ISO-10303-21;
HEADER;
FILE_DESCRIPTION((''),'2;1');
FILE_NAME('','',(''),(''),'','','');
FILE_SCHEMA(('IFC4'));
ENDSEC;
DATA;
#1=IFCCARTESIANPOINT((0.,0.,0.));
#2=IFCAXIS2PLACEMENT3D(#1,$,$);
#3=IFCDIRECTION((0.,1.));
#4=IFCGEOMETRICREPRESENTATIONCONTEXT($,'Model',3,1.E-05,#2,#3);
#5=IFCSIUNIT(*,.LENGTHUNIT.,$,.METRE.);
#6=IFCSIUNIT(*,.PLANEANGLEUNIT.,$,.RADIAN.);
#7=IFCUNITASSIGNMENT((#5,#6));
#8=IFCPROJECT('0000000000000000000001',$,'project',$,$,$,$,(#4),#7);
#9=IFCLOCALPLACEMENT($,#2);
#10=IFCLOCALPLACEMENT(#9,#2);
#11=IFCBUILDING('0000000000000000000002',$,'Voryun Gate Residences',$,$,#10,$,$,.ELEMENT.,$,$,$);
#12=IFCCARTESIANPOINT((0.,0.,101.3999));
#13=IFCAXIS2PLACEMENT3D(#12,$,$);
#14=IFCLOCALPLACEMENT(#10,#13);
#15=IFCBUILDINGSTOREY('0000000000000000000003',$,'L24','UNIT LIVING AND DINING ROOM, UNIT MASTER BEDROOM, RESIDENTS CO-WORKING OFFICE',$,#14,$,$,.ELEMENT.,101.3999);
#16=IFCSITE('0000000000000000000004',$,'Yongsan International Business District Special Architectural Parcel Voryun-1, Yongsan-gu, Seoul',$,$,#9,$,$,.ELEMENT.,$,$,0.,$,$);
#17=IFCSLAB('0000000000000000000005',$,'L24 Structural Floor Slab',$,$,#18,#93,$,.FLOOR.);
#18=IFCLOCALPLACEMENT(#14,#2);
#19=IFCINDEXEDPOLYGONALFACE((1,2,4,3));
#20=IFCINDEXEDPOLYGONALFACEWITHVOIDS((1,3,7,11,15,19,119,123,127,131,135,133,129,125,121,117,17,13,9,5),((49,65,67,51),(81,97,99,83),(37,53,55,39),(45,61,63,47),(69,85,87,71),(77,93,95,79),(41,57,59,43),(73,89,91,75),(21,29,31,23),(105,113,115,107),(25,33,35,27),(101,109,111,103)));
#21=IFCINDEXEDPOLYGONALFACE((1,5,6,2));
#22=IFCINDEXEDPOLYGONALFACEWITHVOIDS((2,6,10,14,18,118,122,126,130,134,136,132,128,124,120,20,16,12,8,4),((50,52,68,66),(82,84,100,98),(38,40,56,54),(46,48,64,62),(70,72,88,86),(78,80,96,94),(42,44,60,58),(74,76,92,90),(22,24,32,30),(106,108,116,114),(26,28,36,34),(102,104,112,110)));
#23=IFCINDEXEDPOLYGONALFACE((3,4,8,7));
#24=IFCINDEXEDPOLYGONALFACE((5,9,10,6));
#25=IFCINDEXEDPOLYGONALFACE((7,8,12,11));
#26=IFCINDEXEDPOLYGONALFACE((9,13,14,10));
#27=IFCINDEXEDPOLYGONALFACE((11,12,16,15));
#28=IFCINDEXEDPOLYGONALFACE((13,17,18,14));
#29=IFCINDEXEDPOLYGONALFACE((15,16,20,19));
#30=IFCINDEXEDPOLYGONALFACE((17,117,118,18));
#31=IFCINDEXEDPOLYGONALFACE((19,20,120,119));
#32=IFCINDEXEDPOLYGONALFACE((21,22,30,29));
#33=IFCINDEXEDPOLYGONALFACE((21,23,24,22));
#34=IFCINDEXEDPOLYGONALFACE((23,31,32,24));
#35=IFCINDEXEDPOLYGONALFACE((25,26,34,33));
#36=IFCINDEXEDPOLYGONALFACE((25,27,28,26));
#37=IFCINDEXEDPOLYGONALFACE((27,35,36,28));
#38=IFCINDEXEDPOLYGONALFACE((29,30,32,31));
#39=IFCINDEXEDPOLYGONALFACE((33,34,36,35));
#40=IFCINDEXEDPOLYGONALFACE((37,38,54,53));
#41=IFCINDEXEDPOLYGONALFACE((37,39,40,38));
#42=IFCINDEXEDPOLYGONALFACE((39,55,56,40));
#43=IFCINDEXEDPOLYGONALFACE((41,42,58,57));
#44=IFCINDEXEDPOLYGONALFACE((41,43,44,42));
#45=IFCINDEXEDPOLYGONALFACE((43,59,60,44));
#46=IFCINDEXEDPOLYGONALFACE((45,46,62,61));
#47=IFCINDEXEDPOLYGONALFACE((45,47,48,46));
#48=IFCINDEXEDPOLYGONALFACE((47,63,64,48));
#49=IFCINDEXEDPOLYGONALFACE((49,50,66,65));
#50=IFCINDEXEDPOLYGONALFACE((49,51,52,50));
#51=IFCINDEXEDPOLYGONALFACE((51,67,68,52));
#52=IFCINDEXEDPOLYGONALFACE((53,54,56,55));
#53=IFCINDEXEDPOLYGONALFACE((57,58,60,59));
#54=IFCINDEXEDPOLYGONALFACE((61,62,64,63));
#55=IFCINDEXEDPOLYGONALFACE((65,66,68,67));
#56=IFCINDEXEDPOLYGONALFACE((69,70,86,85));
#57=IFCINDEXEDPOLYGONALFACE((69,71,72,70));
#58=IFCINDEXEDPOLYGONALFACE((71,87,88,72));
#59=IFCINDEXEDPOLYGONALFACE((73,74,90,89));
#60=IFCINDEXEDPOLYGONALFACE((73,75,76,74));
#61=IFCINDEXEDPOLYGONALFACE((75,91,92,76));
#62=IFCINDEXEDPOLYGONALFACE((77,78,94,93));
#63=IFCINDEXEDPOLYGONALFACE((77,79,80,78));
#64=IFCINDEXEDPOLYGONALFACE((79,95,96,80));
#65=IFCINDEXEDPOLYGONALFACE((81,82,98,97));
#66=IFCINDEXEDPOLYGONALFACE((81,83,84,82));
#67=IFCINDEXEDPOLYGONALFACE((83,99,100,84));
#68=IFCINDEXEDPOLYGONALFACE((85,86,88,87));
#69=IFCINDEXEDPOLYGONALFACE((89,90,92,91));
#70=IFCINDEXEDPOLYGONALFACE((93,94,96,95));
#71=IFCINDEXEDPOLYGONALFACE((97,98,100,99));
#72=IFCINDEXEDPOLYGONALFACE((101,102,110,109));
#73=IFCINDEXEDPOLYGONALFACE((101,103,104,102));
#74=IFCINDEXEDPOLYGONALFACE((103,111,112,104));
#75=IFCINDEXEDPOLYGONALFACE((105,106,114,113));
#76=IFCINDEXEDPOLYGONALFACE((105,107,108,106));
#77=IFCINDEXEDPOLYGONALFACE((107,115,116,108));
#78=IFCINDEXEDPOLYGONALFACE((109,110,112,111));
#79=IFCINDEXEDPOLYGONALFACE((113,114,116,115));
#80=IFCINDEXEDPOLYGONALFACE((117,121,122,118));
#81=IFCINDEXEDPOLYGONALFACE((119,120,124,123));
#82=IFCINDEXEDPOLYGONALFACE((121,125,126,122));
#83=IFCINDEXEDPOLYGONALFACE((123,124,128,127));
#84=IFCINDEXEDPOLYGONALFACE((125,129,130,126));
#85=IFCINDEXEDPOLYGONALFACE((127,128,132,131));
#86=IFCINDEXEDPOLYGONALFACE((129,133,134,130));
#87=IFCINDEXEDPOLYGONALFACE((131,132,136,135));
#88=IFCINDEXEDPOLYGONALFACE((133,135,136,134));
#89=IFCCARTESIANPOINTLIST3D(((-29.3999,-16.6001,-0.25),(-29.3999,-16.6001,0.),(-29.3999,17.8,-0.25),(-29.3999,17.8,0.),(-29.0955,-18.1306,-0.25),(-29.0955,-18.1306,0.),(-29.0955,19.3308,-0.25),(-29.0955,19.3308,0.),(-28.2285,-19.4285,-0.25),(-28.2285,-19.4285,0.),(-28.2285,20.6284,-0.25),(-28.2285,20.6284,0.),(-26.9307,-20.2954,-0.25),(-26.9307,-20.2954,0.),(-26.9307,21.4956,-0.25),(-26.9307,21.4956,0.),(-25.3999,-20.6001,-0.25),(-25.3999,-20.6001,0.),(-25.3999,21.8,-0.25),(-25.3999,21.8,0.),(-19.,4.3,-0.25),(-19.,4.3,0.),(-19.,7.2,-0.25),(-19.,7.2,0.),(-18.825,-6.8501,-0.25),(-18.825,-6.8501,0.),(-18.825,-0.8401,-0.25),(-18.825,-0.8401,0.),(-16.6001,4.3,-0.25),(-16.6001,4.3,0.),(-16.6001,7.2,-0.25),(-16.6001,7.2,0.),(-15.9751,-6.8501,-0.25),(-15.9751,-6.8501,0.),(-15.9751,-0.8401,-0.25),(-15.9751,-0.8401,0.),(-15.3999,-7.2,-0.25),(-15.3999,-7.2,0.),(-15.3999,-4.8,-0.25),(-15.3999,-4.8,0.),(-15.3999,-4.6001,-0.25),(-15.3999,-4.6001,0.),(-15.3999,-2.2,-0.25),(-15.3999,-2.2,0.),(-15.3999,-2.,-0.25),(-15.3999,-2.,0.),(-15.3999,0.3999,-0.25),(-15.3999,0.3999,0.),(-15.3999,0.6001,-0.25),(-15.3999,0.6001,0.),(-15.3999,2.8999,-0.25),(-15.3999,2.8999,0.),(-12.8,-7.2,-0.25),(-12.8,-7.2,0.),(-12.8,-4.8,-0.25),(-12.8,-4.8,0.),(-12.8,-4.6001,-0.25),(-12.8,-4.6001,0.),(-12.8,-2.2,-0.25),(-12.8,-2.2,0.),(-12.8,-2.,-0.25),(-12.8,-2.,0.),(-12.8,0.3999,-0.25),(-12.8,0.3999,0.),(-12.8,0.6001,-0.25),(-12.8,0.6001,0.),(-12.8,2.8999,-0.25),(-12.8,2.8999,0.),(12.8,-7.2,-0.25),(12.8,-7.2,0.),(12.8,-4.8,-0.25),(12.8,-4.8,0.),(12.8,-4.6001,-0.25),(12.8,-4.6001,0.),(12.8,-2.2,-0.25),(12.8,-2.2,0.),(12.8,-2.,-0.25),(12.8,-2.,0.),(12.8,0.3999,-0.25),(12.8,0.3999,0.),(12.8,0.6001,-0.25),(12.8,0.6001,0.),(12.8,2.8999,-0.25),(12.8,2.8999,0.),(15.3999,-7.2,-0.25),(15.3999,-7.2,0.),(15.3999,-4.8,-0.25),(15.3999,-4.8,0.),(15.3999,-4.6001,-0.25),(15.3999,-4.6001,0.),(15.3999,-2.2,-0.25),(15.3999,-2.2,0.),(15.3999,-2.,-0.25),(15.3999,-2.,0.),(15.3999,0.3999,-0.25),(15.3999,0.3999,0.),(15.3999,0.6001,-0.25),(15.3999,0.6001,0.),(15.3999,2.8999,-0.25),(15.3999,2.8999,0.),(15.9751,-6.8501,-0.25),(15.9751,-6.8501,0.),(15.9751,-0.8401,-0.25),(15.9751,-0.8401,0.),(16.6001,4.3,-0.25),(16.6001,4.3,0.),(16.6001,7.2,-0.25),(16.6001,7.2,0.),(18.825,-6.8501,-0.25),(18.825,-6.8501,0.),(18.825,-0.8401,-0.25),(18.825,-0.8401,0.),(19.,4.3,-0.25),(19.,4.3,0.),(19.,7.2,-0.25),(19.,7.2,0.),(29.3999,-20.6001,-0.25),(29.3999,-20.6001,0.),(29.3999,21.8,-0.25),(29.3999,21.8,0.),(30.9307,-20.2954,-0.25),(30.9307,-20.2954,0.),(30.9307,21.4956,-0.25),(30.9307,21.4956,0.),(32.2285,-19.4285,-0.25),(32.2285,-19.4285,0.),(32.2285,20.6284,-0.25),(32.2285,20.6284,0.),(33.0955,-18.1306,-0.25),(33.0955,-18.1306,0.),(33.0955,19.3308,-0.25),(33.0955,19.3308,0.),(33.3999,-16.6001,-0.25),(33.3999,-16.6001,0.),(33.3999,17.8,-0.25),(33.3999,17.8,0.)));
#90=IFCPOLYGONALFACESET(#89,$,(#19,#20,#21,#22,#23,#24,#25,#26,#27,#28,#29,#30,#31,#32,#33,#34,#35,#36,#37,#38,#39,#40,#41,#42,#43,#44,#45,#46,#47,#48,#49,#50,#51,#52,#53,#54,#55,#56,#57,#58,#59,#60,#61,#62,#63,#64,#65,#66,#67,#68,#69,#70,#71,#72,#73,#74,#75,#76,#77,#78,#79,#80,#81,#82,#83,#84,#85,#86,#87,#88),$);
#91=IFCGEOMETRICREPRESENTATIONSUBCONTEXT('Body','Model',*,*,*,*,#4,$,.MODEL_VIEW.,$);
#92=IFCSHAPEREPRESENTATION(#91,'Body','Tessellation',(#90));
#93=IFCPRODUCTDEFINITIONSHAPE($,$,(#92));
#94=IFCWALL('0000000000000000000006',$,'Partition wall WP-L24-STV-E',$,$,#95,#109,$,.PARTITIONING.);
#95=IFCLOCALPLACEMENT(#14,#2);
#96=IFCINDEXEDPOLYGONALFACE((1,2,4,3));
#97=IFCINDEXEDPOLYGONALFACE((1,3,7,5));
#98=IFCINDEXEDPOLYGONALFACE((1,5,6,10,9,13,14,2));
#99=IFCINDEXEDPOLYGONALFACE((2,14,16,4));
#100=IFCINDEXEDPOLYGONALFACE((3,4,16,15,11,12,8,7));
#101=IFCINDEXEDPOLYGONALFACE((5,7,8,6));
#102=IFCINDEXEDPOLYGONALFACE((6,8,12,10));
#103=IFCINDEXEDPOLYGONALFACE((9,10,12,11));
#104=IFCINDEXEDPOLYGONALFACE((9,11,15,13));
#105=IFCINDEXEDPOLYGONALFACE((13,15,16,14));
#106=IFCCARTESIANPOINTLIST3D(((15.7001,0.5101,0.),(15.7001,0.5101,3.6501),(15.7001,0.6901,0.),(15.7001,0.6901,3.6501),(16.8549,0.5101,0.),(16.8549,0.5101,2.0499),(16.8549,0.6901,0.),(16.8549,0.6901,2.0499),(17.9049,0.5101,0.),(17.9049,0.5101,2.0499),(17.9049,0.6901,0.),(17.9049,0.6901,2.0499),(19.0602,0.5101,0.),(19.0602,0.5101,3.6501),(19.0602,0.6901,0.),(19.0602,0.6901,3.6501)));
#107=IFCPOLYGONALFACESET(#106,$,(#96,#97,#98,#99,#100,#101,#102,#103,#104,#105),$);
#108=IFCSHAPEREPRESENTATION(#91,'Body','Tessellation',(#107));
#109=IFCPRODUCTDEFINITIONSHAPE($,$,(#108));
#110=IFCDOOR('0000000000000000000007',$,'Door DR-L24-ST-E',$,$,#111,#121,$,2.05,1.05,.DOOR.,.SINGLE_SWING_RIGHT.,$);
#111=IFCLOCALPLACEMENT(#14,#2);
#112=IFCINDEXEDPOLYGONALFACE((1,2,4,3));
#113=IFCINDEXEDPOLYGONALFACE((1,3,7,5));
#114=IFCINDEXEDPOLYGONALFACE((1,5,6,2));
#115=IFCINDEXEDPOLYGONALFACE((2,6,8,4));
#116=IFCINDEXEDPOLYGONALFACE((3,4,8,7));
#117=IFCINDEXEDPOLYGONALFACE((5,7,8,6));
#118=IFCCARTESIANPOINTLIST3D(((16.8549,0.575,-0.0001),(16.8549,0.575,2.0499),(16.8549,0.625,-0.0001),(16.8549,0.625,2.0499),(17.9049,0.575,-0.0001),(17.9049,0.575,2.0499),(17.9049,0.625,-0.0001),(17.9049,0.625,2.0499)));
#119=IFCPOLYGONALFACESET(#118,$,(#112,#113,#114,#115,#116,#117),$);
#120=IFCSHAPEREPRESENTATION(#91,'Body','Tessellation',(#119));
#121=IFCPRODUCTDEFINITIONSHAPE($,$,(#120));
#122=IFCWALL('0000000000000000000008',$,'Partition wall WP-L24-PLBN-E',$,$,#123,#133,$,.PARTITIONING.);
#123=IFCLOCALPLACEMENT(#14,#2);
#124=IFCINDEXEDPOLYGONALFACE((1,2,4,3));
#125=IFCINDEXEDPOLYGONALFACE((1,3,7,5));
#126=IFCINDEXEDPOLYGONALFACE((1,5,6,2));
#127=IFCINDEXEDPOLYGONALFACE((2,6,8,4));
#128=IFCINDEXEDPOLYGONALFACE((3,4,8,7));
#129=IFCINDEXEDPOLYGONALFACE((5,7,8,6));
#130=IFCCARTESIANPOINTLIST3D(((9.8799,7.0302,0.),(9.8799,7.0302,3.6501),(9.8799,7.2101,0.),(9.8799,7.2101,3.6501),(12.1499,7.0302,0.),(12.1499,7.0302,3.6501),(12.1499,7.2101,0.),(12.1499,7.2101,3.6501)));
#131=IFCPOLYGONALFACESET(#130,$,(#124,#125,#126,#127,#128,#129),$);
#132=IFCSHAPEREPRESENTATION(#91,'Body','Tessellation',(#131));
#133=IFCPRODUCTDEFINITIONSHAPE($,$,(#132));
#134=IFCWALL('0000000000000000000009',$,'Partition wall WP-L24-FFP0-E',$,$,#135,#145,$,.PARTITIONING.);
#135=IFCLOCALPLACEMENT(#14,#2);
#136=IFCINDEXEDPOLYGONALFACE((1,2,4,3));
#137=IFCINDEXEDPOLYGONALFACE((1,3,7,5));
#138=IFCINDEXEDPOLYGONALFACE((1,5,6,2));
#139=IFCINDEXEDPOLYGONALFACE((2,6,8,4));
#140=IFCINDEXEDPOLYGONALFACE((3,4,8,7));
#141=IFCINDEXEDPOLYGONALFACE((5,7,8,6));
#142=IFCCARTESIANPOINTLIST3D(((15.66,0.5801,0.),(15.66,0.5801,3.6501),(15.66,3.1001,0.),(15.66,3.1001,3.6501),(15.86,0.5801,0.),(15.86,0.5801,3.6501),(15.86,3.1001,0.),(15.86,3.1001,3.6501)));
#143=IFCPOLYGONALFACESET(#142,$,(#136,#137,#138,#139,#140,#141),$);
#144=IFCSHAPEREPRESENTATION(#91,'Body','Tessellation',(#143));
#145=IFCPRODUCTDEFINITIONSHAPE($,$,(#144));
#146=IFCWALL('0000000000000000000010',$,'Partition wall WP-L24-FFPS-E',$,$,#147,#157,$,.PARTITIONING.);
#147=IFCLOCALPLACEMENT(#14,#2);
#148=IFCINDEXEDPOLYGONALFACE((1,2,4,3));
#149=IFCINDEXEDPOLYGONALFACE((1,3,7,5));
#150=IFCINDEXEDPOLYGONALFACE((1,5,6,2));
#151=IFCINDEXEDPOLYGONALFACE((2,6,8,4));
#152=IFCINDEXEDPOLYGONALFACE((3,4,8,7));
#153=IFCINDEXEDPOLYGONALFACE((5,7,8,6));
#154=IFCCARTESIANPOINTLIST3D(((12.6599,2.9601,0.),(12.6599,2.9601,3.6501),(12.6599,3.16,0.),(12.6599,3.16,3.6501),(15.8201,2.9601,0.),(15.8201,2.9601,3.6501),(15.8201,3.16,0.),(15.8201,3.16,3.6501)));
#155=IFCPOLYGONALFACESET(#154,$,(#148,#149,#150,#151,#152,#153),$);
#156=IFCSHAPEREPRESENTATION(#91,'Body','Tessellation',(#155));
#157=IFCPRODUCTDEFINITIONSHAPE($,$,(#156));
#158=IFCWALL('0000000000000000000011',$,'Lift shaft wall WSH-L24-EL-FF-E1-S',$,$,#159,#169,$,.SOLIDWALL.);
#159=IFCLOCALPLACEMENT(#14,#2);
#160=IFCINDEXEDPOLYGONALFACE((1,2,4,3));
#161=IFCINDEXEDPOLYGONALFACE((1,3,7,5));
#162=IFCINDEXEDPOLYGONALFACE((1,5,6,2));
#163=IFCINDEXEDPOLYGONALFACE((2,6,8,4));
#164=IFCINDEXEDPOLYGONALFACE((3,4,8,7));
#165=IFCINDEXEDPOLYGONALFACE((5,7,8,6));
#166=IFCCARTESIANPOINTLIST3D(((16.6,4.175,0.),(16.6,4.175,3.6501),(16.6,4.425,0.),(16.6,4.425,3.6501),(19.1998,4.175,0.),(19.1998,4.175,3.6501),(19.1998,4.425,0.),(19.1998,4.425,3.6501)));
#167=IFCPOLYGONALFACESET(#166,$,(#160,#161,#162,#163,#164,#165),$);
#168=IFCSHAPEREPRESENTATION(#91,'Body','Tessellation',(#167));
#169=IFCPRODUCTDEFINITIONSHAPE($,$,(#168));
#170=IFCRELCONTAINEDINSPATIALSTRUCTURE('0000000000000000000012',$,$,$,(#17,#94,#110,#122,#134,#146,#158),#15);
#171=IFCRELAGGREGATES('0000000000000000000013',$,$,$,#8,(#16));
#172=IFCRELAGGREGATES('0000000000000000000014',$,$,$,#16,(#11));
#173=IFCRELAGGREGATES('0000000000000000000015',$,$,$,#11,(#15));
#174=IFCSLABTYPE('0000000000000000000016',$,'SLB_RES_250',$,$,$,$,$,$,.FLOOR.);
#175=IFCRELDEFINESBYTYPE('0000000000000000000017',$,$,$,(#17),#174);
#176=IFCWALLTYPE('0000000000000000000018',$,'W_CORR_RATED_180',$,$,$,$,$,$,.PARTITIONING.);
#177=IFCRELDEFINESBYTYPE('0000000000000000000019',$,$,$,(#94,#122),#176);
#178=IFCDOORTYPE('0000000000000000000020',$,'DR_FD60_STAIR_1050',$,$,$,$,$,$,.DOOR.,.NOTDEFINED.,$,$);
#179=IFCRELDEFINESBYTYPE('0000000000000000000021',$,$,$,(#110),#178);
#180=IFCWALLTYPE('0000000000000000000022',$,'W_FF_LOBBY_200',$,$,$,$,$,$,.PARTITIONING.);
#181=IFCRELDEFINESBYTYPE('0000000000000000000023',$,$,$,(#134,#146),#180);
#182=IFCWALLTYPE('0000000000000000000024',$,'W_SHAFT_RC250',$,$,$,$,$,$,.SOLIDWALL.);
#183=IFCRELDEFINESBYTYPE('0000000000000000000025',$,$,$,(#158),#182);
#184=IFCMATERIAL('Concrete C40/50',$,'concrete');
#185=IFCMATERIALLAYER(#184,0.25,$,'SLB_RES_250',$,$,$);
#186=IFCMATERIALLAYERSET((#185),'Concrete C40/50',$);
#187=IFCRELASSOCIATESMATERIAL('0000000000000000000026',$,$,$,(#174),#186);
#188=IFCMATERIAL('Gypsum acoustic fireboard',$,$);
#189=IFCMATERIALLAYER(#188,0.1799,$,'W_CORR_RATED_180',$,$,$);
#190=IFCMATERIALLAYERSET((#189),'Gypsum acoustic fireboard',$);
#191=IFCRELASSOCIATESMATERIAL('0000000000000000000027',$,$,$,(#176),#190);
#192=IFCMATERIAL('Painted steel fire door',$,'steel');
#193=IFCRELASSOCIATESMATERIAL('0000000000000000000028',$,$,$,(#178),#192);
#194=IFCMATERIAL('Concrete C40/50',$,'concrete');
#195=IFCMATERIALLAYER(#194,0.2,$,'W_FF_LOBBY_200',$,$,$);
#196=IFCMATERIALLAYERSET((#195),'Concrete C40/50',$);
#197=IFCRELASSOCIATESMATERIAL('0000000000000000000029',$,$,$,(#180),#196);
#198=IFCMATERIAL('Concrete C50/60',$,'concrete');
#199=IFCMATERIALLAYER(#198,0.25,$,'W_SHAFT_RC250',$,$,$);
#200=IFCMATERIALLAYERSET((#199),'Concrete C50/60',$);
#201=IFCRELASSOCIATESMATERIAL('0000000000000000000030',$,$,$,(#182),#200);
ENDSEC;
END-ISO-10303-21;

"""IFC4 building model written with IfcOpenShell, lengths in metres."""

from ifc_helpers import new_model, si_unit, direction, frame, frame_2d, origin, place, context, subcontext, project, spatial, polyline, rectangle, outline, extrude, material, layer, layer_set, type_object, element, fill, save


model = new_model("IFC4")

# Units and contexts
model_context = context("Model", 3, precision=1e-05, world=origin(), true_north=direction((0.0, 1.0)))
body_context = subcontext(model_context, "Body", "Model", "MODEL_VIEW")
ifc_project = project(units=[si_unit("LENGTHUNIT", "METRE"), si_unit("PLANEANGLEUNIT", "RADIAN")], contexts=[model_context])

# Site, building, storey
site_placement = place(None, origin())
site = spatial("IfcSite", under=ifc_project, at=site_placement, Name="Yongsan International Business District Special Architectural Parcel Voryun-1, Yongsan-gu, Seoul", CompositionType="ELEMENT", RefElevation=0.0)
building_placement = place(site_placement, origin())
building = spatial("IfcBuilding", under=site, at=building_placement, Name="Voryun Gate Residences", CompositionType="ELEMENT")
storey_placement = place(building_placement, frame((0.0, 0.0, 101.3999)))
storey = spatial("IfcBuildingStorey", under=building, at=storey_placement, Name="L24", Description="UNIT LIVING AND DINING ROOM, UNIT MASTER BEDROOM, RESIDENTS CO-WORKING OFFICE", CompositionType="ELEMENT", Elevation=101.3999)

# Slab
ifc_material_1 = material(Name="Concrete C40/50", Category="concrete")
ifc_layer_1 = layer(ifc_material_1, 0.25, Name="SLB_RES_250")
ifc_layer_set_1 = layer_set([ifc_layer_1], Name="Concrete C40/50")
slab_type = type_object("IfcSlabType", Name="SLB_RES_250", PredefinedType="FLOOR", material=ifc_layer_set_1)
slab_placement = place(storey_placement, frame((0.0, 0.0, -0.25)))
element("IfcSlab", 1, at=slab_placement, inside=storey, type_object=slab_type, Name="L24 Structural Floor Slab", PredefinedType="FLOOR", context=body_context, shape_type="SweptSolid", body=[
    extrude(outline(polyline([(-25.3999, -20.6001), (-26.9307, -20.2954), (-28.2285, -19.4285), (-29.0955, -18.1306), (-29.3999, -16.6001), (-29.3999, 17.8), (-29.0955, 19.3308), (-28.2285, 20.6284), (-26.9307, 21.4956), (-25.3999, 21.8), (29.3999, 21.8), (30.9307, 21.4956), (32.2285, 20.6284), (33.0955, 19.3308), (33.3999, 17.8), (33.3999, -16.6001), (33.0955, -18.1306), (32.2285, -19.4285), (30.9307, -20.2954), (29.3999, -20.6001), (-25.3999, -20.6001)]), holes=[polyline([(-12.8, -4.8), (-15.3999, -4.8), (-15.3999, -7.2), (-12.8, -7.2), (-12.8, -4.8)]), polyline([(-18.825, -6.8501), (-15.9751, -6.8501), (-15.9751, -0.8401), (-18.825, -0.8401), (-18.825, -6.8501)]), polyline([(-12.8, -4.6001), (-12.8, -2.2), (-15.3999, -2.2), (-15.3999, -4.6001), (-12.8, -4.6001)]), polyline([(-12.8, 0.3999), (-15.3999, 0.3999), (-15.3999, -2.0), (-12.8, -2.0), (-12.8, 0.3999)]), polyline([(-12.8, 0.6001), (-12.8, 2.8999), (-15.3999, 2.8999), (-15.3999, 0.6001), (-12.8, 0.6001)]), polyline([(-16.6001, 4.3), (-16.6001, 7.2), (-19.0, 7.2), (-19.0, 4.3), (-16.6001, 4.3)]), polyline([(15.3999, -4.8), (12.8, -4.8), (12.8, -7.2), (15.3999, -7.2), (15.3999, -4.8)]), polyline([(15.9751, -6.8501), (18.825, -6.8501), (18.825, -0.8401), (15.9751, -0.8401), (15.9751, -6.8501)]), polyline([(15.3999, -4.6001), (15.3999, -2.2), (12.8, -2.2), (12.8, -4.6001), (15.3999, -4.6001)]), polyline([(15.3999, 0.3999), (12.8, 0.3999), (12.8, -2.0), (15.3999, -2.0), (15.3999, 0.3999)]), polyline([(15.3999, 0.6001), (15.3999, 2.8999), (12.8, 2.8999), (12.8, 0.6001), (15.3999, 0.6001)]), polyline([(19.0, 4.3), (19.0, 7.2), (16.6001, 7.2), (16.6001, 4.3), (19.0, 4.3)])]), origin(), (0.0, 0.0, 1.0), 0.25),
])

# Wall, opening, door
ifc_material_2 = material(Name="Gypsum acoustic fireboard")
ifc_layer_2 = layer(ifc_material_2, 0.1799, Name="W_CORR_RATED_180")
ifc_layer_set_2 = layer_set([ifc_layer_2], Name="Gypsum acoustic fireboard")
wall_type_1 = type_object("IfcWallType", Name="W_CORR_RATED_180", PredefinedType="PARTITIONING", material=ifc_layer_set_2)
wall_1_placement = place(storey_placement, frame((15.7, 0.6001, 0.0), z_axis=(0.0, 0.0, 1.0), x_axis=(1.0, 0.0, 0.0)))
wall_1 = element("IfcWall", 2, at=wall_1_placement, inside=storey, type_object=wall_type_1, Name="Partition wall WP-L24-STV-E", PredefinedType="PARTITIONING", context=body_context, shape_type="SweptSolid", body=[
    extrude(rectangle(XDim=3.3601, YDim=0.1799, at=frame_2d((1.6802, 0.0))), origin(), (0.0, 0.0, 1.0), 3.6501),
])
opening_placement = place(wall_1_placement, frame((1.155, 0.0, 0.0)))
opening = element("IfcOpeningElement", 3, at=opening_placement, cuts=wall_1, PredefinedType="OPENING", context=body_context, shape_type="SweptSolid", body=[
    extrude(rectangle(XDim=1.05, YDim=2.05, at=frame_2d((0.5249, 1.0249))), frame((0.0, 0.0999, 0.0), z_axis=(0.0, -1.0, 0.0), x_axis=(1.0, 0.0, 0.0)), (0.0, 0.0, 1.0), 0.2),
])
ifc_material_3 = material(Name="Painted steel fire door", Category="steel")
door_type = type_object("IfcDoorType", Name="DR_FD60_STAIR_1050", OperationType="NOTDEFINED", PredefinedType="DOOR", material=ifc_material_3)
door_placement = place(opening_placement, origin())
door = element("IfcDoor", 4, at=door_placement, inside=storey, type_object=door_type, Name="Door DR-L24-ST-E", OperationType="SINGLE_SWING_RIGHT", OverallHeight=2.05, OverallWidth=1.05, PredefinedType="DOOR", context=body_context, shape_type="SweptSolid", body=[
    extrude(rectangle(XDim=1.05, YDim=2.05, at=frame_2d((0.5249, 1.0249))), frame((0.0, 0.0249, 0.0), z_axis=(0.0, -1.0, 0.0), x_axis=(1.0, 0.0, 0.0)), (0.0, 0.0, 1.0), 0.05),
])
fill(opening, door)

# Walls
wall_2_placement = place(storey_placement, frame((9.8799, 7.1201, 0.0), z_axis=(0.0, 0.0, 1.0), x_axis=(1.0, 0.0, 0.0)))
element("IfcWall", 5, at=wall_2_placement, inside=storey, type_object=wall_type_1, Name="Partition wall WP-L24-PLBN-E", PredefinedType="PARTITIONING", context=body_context, shape_type="SweptSolid", body=[
    extrude(rectangle(XDim=2.27, YDim=0.1799, at=frame_2d((1.135, 0.0))), origin(), (0.0, 0.0, 1.0), 3.6501),
])
ifc_material_4 = material(Name="Concrete C40/50", Category="concrete")
ifc_layer_3 = layer(ifc_material_4, 0.2, Name="W_FF_LOBBY_200")
ifc_layer_set_3 = layer_set([ifc_layer_3], Name="Concrete C40/50")
wall_type_2 = type_object("IfcWallType", Name="W_FF_LOBBY_200", PredefinedType="PARTITIONING", material=ifc_layer_set_3)
wall_3_placement = place(storey_placement, frame((15.76, 0.5801, 0.0), z_axis=(0.0, 0.0, 1.0), x_axis=(0.0, 1.0, 0.0)))
element("IfcWall", 6, at=wall_3_placement, inside=storey, type_object=wall_type_2, Name="Partition wall WP-L24-FFP0-E", PredefinedType="PARTITIONING", context=body_context, shape_type="SweptSolid", body=[
    extrude(rectangle(XDim=2.52, YDim=0.2, at=frame_2d((1.26, 0.0))), origin(), (0.0, 0.0, 1.0), 3.6501),
])
wall_4_placement = place(storey_placement, frame((12.6599, 3.0601, 0.0), z_axis=(0.0, 0.0, 1.0), x_axis=(1.0, 0.0, 0.0)))
element("IfcWall", 7, at=wall_4_placement, inside=storey, type_object=wall_type_2, Name="Partition wall WP-L24-FFPS-E", PredefinedType="PARTITIONING", context=body_context, shape_type="SweptSolid", body=[
    extrude(rectangle(XDim=3.1602, YDim=0.2, at=frame_2d((1.5801, 0.0))), origin(), (0.0, 0.0, 1.0), 3.6501),
])
ifc_material_5 = material(Name="Concrete C50/60", Category="concrete")
ifc_layer_4 = layer(ifc_material_5, 0.25, Name="W_SHAFT_RC250")
ifc_layer_set_4 = layer_set([ifc_layer_4], Name="Concrete C50/60")
wall_type_3 = type_object("IfcWallType", Name="W_SHAFT_RC250", PredefinedType="SOLIDWALL", material=ifc_layer_set_4)
wall_5_placement = place(storey_placement, frame((16.6001, 4.3, 0.0), z_axis=(0.0, 0.0, 1.0), x_axis=(1.0, 0.0, 0.0)))
element("IfcWall", 8, at=wall_5_placement, inside=storey, type_object=wall_type_3, Name="Lift shaft wall WSH-L24-EL-FF-E1-S", PredefinedType="SOLIDWALL", context=body_context, shape_type="SweptSolid", body=[
    extrude(rectangle(XDim=2.5999, YDim=0.25, at=frame_2d((1.2998, 0.0))), origin(), (0.0, 0.0, 1.0), 3.6501),
])

save(model, "model.ifc")
